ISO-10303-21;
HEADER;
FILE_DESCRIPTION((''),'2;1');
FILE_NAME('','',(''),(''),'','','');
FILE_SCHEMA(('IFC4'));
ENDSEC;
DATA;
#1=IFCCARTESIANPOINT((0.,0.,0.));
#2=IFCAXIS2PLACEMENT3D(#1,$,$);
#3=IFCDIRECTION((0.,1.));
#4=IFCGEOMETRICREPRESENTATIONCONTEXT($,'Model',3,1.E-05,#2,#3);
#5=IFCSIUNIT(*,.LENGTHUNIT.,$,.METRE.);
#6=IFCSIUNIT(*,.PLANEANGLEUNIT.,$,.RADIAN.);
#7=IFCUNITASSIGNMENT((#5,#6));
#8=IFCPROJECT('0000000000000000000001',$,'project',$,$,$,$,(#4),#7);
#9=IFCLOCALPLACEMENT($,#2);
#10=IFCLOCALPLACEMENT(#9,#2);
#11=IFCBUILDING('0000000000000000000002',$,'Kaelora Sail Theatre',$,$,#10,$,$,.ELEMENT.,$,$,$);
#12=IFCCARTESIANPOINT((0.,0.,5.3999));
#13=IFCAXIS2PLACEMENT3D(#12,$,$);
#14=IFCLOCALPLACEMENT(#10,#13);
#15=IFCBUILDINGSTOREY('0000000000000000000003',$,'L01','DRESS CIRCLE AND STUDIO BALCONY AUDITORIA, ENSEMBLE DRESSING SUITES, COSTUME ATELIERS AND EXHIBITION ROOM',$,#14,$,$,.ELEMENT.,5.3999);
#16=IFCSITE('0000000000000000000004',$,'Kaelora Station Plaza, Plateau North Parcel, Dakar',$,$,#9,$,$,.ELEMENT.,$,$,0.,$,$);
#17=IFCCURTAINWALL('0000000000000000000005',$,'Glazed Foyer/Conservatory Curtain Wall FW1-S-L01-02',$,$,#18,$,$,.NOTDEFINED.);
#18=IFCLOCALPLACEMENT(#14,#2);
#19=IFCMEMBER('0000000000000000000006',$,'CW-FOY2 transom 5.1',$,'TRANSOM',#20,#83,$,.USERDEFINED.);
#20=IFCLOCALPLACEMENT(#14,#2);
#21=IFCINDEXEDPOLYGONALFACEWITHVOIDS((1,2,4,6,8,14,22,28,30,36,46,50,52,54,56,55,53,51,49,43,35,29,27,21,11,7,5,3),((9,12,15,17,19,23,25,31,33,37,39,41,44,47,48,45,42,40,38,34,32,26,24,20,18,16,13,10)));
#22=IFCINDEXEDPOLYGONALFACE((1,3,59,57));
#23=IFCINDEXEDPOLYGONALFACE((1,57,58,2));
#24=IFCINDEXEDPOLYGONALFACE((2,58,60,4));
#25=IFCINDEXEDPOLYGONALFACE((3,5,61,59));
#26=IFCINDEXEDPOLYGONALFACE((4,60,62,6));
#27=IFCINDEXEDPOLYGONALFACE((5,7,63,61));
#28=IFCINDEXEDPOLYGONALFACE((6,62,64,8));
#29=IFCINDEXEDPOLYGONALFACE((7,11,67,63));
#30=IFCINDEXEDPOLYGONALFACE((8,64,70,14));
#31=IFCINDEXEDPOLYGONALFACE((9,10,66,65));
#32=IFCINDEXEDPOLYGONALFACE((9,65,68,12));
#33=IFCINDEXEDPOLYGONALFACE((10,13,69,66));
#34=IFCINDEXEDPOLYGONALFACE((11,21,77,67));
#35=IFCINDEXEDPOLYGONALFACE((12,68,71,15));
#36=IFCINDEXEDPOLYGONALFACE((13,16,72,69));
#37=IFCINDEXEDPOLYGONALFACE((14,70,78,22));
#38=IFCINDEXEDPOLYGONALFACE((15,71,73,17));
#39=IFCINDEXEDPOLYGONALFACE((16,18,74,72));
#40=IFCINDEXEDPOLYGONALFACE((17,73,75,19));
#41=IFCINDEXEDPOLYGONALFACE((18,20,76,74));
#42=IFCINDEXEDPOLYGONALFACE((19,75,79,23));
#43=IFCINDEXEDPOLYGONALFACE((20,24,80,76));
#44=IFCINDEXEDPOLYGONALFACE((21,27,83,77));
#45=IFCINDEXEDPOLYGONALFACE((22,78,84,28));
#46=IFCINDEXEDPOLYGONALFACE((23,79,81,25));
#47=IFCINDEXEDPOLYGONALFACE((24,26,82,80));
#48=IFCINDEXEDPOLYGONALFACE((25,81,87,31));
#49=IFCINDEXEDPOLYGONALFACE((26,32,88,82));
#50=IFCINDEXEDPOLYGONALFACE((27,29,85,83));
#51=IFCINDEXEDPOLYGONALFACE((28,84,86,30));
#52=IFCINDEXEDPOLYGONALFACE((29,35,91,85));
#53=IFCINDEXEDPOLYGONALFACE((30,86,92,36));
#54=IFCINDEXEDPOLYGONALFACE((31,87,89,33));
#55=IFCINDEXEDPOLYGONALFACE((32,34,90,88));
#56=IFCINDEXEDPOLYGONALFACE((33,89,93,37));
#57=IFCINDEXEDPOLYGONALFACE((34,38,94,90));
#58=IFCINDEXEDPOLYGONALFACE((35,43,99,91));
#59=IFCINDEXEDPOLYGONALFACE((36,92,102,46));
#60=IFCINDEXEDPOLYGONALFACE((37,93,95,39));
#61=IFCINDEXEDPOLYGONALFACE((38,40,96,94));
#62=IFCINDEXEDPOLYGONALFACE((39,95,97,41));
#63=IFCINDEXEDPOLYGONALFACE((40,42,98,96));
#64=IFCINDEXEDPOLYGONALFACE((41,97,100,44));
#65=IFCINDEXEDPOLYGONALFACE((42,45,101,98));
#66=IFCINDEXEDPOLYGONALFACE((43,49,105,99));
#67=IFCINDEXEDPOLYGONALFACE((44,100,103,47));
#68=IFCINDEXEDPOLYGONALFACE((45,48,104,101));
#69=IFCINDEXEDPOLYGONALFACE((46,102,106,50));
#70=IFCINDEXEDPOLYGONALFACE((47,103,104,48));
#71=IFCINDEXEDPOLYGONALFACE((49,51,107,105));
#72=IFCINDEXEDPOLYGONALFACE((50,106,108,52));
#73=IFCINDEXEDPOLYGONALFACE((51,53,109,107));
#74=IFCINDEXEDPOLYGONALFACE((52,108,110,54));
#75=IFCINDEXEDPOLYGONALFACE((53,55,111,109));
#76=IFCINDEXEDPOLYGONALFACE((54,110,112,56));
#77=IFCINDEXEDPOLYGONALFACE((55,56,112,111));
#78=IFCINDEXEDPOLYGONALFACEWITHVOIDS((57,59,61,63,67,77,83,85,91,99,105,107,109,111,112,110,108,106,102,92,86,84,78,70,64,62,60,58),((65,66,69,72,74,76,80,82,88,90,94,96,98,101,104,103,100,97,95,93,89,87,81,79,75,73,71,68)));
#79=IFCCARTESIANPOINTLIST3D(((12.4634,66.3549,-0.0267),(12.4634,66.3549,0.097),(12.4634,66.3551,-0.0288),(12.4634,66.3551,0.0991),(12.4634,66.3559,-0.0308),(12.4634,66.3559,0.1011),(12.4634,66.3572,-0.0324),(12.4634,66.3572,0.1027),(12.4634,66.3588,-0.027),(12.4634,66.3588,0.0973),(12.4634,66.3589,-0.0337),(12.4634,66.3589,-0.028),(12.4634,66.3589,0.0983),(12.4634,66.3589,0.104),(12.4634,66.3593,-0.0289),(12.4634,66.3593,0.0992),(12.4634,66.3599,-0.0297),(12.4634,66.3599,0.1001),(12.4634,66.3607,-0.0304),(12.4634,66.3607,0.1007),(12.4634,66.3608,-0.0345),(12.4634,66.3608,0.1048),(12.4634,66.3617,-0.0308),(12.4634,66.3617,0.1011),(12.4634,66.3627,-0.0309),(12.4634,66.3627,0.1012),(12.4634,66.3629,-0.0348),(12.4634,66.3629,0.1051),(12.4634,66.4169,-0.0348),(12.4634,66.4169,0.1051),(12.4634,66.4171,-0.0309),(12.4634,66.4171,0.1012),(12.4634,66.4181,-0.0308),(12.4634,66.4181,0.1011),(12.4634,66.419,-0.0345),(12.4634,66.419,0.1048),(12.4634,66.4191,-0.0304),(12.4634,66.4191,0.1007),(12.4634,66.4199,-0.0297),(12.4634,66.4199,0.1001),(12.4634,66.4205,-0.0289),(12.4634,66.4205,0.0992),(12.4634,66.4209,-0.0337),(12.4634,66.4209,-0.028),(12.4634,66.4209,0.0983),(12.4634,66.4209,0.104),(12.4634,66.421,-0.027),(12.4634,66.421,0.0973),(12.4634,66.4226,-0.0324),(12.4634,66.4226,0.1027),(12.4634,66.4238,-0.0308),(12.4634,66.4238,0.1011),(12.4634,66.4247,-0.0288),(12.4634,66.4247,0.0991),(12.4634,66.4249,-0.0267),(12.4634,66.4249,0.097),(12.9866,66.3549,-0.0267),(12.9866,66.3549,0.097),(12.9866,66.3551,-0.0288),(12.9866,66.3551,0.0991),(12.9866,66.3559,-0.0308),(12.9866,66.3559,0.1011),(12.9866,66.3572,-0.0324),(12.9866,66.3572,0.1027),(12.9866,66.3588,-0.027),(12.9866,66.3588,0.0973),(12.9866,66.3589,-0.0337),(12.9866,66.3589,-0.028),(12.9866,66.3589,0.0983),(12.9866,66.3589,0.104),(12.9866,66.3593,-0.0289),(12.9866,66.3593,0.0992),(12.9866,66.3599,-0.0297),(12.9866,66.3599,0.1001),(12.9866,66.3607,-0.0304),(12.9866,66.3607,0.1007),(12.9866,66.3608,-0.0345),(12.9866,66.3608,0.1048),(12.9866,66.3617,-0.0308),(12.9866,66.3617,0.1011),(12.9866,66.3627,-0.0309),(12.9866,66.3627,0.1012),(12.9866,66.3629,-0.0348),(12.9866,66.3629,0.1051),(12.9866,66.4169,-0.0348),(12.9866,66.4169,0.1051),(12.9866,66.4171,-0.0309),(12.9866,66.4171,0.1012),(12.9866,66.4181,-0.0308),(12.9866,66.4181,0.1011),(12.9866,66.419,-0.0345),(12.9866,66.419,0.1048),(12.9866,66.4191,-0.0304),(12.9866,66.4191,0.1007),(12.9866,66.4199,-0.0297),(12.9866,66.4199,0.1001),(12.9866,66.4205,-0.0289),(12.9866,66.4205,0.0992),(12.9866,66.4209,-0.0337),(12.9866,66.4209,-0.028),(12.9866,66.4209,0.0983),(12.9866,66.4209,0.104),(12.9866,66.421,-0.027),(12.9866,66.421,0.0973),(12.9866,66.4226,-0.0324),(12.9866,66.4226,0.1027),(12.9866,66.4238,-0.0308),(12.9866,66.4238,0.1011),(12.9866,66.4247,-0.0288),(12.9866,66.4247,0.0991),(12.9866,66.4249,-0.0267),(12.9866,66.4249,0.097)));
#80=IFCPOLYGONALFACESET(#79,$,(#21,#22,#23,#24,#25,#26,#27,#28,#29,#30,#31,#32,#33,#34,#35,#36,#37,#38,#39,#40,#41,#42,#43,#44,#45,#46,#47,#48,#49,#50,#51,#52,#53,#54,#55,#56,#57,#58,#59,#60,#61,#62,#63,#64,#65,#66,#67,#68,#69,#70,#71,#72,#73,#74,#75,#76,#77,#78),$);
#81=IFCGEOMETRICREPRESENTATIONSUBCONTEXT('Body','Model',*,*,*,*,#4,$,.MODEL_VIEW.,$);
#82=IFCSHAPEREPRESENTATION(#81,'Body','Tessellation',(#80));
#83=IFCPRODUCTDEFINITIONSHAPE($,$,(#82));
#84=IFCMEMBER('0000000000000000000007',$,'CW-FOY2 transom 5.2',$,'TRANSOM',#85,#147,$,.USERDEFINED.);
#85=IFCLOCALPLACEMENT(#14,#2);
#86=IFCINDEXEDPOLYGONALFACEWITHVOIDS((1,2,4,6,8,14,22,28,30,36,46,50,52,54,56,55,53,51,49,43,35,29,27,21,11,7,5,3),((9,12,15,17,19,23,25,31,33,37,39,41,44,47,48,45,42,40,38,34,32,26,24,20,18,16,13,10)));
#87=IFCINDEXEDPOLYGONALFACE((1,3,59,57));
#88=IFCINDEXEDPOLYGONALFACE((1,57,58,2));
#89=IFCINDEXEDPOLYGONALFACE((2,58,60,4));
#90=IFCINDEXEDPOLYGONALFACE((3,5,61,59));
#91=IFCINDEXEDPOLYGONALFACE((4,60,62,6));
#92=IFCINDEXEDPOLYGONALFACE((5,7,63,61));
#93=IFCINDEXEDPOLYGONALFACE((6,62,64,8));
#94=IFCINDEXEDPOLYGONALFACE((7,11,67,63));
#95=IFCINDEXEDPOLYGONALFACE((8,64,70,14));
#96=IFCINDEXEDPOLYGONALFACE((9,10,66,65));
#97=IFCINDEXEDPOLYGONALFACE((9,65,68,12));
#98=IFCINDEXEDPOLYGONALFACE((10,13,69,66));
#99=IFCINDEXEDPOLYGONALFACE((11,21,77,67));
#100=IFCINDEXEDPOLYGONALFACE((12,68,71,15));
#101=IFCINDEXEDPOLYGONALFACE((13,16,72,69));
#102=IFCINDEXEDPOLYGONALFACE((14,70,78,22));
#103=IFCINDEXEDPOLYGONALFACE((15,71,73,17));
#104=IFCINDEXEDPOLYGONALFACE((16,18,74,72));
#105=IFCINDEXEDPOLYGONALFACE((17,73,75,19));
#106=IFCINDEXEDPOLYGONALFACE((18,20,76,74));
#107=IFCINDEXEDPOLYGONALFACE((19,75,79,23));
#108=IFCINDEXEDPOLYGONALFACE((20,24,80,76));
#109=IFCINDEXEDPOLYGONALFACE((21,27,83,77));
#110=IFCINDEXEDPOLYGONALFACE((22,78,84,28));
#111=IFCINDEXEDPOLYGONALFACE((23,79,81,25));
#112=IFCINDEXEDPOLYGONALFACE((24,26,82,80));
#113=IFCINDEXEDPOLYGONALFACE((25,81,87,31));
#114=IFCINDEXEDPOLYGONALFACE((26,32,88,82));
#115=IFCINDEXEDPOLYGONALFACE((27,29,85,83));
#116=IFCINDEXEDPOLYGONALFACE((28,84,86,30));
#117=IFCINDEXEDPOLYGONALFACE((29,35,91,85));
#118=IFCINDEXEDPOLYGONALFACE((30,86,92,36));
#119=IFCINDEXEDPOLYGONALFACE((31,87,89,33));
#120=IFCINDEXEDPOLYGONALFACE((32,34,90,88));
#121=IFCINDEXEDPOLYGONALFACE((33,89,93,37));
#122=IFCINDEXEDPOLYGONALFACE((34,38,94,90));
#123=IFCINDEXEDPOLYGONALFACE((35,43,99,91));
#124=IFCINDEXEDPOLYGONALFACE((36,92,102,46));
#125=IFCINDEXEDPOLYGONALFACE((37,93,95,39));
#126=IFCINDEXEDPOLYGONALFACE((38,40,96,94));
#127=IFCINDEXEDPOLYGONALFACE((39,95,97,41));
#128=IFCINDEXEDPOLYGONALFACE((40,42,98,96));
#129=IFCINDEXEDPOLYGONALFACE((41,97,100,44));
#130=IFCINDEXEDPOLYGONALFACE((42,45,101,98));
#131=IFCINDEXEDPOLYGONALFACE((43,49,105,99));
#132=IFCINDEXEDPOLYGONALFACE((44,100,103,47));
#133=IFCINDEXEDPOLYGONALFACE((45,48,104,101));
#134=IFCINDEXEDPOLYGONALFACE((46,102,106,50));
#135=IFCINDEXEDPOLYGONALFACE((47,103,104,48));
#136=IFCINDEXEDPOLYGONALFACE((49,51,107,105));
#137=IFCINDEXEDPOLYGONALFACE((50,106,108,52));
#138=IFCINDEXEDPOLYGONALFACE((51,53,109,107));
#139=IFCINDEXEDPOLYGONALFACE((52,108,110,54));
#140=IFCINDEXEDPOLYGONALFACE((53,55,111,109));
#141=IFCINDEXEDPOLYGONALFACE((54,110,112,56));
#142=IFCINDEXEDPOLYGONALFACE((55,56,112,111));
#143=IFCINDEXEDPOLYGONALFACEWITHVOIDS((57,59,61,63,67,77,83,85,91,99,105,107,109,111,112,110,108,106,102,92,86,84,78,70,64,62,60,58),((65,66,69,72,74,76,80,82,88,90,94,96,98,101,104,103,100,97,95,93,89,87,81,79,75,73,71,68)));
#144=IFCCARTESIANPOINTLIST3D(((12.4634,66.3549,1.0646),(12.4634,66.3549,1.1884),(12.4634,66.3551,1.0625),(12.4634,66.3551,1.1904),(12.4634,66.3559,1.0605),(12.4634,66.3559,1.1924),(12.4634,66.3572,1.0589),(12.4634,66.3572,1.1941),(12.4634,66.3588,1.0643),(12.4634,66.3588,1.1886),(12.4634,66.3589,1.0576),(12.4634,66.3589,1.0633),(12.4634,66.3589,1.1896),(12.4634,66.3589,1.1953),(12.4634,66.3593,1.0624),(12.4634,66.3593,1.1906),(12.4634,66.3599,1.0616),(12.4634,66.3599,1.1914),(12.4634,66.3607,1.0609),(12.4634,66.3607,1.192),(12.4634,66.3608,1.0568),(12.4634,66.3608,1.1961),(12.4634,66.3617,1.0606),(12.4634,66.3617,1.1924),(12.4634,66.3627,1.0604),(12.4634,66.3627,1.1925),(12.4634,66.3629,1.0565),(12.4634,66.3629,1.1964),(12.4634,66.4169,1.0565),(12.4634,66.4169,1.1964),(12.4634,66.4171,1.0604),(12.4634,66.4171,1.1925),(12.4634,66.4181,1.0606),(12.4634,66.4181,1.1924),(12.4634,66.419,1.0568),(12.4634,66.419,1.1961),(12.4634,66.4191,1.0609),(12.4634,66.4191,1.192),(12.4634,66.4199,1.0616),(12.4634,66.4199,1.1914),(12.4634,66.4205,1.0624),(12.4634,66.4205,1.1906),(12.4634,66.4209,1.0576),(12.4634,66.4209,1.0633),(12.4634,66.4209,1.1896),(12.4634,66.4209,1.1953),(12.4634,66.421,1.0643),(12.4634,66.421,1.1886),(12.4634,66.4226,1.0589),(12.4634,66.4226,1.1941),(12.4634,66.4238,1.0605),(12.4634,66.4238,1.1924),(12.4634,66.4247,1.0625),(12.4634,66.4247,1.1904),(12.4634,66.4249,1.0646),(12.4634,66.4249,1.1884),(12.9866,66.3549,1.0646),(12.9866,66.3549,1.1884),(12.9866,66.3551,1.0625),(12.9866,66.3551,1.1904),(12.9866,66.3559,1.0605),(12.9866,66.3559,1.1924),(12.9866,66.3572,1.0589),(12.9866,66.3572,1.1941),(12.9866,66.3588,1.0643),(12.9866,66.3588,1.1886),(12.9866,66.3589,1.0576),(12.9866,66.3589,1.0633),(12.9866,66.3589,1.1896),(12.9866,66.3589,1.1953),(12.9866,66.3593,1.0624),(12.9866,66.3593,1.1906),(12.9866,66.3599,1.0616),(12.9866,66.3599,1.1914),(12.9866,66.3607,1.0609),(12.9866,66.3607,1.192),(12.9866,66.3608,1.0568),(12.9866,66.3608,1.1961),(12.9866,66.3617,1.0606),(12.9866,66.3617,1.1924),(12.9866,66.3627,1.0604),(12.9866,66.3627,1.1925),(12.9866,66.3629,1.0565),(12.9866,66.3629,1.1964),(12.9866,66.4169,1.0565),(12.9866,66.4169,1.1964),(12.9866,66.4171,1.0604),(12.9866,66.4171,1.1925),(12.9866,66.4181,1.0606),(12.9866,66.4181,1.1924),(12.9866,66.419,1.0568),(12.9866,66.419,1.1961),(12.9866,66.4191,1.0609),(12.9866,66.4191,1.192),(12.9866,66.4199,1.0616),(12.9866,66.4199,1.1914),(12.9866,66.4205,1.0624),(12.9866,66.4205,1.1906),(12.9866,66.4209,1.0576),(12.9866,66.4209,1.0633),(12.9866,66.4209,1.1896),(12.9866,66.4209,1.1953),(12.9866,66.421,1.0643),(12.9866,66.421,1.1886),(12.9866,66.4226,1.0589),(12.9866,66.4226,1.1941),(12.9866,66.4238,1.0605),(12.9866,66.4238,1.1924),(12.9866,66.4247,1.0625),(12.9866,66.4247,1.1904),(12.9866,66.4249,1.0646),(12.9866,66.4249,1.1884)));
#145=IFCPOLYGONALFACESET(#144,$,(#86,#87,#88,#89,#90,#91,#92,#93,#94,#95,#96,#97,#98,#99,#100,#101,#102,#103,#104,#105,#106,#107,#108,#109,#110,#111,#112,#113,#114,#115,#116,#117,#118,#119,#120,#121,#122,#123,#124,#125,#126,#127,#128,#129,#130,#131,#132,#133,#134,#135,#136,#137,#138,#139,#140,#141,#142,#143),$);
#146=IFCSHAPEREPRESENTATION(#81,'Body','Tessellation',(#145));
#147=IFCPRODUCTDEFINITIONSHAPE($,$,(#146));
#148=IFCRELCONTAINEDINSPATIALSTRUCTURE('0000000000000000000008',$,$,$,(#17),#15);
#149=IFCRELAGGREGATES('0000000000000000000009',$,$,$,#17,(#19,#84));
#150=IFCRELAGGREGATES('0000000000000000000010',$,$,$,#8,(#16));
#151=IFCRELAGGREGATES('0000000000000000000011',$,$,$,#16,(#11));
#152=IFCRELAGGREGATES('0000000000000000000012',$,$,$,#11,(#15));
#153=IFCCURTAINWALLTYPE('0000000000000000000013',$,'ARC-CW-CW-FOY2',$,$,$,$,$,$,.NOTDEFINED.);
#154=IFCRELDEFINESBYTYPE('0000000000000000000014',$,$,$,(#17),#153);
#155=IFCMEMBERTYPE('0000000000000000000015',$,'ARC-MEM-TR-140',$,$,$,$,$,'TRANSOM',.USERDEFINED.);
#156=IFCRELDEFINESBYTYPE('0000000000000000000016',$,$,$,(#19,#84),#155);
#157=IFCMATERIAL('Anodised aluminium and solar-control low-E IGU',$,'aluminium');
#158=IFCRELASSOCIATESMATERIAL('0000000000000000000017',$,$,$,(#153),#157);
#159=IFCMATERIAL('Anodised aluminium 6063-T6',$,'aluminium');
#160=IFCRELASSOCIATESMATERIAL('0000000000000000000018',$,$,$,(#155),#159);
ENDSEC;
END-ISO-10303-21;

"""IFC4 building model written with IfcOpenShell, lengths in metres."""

from ifc_helpers import new_model, si_unit, direction, frame, origin, origin_2d, place, context, subcontext, project, spatial, hollow_rectangle, extrude, material, material_profile, profile_set, type_object, element, aggregate, save


model = new_model("IFC4")

# Units and contexts
model_context = context("Model", 3, precision=1e-05, world=origin(), true_north=direction((0.0, 1.0)))
body_context = subcontext(model_context, "Body", "Model", "MODEL_VIEW")
ifc_project = project(units=[si_unit("LENGTHUNIT", "METRE"), si_unit("PLANEANGLEUNIT", "RADIAN")], contexts=[model_context])

# Site, building, storey
site_placement = place(None, origin())
site = spatial("IfcSite", under=ifc_project, at=site_placement, Name="Kaelora Station Plaza, Plateau North Parcel, Dakar", CompositionType="ELEMENT", RefElevation=0.0)
building_placement = place(site_placement, origin())
building = spatial("IfcBuilding", under=site, at=building_placement, Name="Kaelora Sail Theatre", CompositionType="ELEMENT")
storey_placement = place(building_placement, frame((0.0, 0.0, 5.3999)))
storey = spatial("IfcBuildingStorey", under=building, at=storey_placement, Name="L01", Description="DRESS CIRCLE AND STUDIO BALCONY AUDITORIA, ENSEMBLE DRESSING SUITES, COSTUME ATELIERS AND EXHIBITION ROOM", CompositionType="ELEMENT", Elevation=5.3999)

# Curtain wall
ifc_material_1 = material(Name="Anodised aluminium and solar-control low-E IGU", Category="aluminium")
curtain_wall_type = type_object("IfcCurtainWallType", Name="ARC-CW-CW-FOY2", PredefinedType="NOTDEFINED", material=ifc_material_1)
curtain_wall_1_placement = place(storey_placement, origin())
curtain_wall_1 = element("IfcCurtainWall", 1, at=curtain_wall_1_placement, inside=storey, type_object=curtain_wall_type, Name="Glazed Foyer/Conservatory Curtain Wall FW1-S-L01-02", PredefinedType="NOTDEFINED")

# Members
ifc_material_2 = material(Name="Anodised aluminium 6063-T6", Category="aluminium")
ifc_material_profile_1 = material_profile(ifc_material_2, hollow_rectangle(XDim=0.0701, YDim=0.1399, WallThickness=0.0039, InnerFilletRadius=0.0039, OuterFilletRadius=0.0081, at=origin_2d()), Name="ALU-TRAN 70x140x4")
ifc_profile_set_1 = profile_set([ifc_material_profile_1], Name="Anodised aluminium 6063-T6")
member_type_1 = type_object("IfcMemberType", Name="ARC-MEM-TR-140", ElementType="TRANSOM", PredefinedType="USERDEFINED", material=ifc_profile_set_1)
member_1_placement = place(storey_placement, frame((12.4634, 66.3899, 0.0352), z_axis=(1.0, 0.0, 0.0), x_axis=(0.0, 1.0, 0.0)))
member_1 = element("IfcMember", 2, at=member_1_placement, type_object=member_type_1, Name="CW-FOY2 transom 5.1", ObjectType="TRANSOM", PredefinedType="USERDEFINED", context=body_context, shape_type="SweptSolid", body=[
    extrude(hollow_rectangle(XDim=0.0701, YDim=0.1399, WallThickness=0.0039, InnerFilletRadius=0.0039, OuterFilletRadius=0.0081, at=origin_2d()), origin(), (0.0, 0.0, 1.0), 0.5232),
])
member_2_placement = place(storey_placement, frame((12.4634, 66.3899, 1.1265), z_axis=(1.0, 0.0, 0.0), x_axis=(0.0, 1.0, 0.0)))
member_2 = element("IfcMember", 3, at=member_2_placement, type_object=member_type_1, Name="CW-FOY2 transom 5.2", ObjectType="TRANSOM", PredefinedType="USERDEFINED", context=body_context, shape_type="SweptSolid", body=[
    extrude(hollow_rectangle(XDim=0.0701, YDim=0.1399, WallThickness=0.0039, InnerFilletRadius=0.0039, OuterFilletRadius=0.0081, at=origin_2d()), origin(), (0.0, 0.0, 1.0), 0.5232),
])

aggregate(curtain_wall_1, [member_1, member_2])

save(model, "model.ifc")
